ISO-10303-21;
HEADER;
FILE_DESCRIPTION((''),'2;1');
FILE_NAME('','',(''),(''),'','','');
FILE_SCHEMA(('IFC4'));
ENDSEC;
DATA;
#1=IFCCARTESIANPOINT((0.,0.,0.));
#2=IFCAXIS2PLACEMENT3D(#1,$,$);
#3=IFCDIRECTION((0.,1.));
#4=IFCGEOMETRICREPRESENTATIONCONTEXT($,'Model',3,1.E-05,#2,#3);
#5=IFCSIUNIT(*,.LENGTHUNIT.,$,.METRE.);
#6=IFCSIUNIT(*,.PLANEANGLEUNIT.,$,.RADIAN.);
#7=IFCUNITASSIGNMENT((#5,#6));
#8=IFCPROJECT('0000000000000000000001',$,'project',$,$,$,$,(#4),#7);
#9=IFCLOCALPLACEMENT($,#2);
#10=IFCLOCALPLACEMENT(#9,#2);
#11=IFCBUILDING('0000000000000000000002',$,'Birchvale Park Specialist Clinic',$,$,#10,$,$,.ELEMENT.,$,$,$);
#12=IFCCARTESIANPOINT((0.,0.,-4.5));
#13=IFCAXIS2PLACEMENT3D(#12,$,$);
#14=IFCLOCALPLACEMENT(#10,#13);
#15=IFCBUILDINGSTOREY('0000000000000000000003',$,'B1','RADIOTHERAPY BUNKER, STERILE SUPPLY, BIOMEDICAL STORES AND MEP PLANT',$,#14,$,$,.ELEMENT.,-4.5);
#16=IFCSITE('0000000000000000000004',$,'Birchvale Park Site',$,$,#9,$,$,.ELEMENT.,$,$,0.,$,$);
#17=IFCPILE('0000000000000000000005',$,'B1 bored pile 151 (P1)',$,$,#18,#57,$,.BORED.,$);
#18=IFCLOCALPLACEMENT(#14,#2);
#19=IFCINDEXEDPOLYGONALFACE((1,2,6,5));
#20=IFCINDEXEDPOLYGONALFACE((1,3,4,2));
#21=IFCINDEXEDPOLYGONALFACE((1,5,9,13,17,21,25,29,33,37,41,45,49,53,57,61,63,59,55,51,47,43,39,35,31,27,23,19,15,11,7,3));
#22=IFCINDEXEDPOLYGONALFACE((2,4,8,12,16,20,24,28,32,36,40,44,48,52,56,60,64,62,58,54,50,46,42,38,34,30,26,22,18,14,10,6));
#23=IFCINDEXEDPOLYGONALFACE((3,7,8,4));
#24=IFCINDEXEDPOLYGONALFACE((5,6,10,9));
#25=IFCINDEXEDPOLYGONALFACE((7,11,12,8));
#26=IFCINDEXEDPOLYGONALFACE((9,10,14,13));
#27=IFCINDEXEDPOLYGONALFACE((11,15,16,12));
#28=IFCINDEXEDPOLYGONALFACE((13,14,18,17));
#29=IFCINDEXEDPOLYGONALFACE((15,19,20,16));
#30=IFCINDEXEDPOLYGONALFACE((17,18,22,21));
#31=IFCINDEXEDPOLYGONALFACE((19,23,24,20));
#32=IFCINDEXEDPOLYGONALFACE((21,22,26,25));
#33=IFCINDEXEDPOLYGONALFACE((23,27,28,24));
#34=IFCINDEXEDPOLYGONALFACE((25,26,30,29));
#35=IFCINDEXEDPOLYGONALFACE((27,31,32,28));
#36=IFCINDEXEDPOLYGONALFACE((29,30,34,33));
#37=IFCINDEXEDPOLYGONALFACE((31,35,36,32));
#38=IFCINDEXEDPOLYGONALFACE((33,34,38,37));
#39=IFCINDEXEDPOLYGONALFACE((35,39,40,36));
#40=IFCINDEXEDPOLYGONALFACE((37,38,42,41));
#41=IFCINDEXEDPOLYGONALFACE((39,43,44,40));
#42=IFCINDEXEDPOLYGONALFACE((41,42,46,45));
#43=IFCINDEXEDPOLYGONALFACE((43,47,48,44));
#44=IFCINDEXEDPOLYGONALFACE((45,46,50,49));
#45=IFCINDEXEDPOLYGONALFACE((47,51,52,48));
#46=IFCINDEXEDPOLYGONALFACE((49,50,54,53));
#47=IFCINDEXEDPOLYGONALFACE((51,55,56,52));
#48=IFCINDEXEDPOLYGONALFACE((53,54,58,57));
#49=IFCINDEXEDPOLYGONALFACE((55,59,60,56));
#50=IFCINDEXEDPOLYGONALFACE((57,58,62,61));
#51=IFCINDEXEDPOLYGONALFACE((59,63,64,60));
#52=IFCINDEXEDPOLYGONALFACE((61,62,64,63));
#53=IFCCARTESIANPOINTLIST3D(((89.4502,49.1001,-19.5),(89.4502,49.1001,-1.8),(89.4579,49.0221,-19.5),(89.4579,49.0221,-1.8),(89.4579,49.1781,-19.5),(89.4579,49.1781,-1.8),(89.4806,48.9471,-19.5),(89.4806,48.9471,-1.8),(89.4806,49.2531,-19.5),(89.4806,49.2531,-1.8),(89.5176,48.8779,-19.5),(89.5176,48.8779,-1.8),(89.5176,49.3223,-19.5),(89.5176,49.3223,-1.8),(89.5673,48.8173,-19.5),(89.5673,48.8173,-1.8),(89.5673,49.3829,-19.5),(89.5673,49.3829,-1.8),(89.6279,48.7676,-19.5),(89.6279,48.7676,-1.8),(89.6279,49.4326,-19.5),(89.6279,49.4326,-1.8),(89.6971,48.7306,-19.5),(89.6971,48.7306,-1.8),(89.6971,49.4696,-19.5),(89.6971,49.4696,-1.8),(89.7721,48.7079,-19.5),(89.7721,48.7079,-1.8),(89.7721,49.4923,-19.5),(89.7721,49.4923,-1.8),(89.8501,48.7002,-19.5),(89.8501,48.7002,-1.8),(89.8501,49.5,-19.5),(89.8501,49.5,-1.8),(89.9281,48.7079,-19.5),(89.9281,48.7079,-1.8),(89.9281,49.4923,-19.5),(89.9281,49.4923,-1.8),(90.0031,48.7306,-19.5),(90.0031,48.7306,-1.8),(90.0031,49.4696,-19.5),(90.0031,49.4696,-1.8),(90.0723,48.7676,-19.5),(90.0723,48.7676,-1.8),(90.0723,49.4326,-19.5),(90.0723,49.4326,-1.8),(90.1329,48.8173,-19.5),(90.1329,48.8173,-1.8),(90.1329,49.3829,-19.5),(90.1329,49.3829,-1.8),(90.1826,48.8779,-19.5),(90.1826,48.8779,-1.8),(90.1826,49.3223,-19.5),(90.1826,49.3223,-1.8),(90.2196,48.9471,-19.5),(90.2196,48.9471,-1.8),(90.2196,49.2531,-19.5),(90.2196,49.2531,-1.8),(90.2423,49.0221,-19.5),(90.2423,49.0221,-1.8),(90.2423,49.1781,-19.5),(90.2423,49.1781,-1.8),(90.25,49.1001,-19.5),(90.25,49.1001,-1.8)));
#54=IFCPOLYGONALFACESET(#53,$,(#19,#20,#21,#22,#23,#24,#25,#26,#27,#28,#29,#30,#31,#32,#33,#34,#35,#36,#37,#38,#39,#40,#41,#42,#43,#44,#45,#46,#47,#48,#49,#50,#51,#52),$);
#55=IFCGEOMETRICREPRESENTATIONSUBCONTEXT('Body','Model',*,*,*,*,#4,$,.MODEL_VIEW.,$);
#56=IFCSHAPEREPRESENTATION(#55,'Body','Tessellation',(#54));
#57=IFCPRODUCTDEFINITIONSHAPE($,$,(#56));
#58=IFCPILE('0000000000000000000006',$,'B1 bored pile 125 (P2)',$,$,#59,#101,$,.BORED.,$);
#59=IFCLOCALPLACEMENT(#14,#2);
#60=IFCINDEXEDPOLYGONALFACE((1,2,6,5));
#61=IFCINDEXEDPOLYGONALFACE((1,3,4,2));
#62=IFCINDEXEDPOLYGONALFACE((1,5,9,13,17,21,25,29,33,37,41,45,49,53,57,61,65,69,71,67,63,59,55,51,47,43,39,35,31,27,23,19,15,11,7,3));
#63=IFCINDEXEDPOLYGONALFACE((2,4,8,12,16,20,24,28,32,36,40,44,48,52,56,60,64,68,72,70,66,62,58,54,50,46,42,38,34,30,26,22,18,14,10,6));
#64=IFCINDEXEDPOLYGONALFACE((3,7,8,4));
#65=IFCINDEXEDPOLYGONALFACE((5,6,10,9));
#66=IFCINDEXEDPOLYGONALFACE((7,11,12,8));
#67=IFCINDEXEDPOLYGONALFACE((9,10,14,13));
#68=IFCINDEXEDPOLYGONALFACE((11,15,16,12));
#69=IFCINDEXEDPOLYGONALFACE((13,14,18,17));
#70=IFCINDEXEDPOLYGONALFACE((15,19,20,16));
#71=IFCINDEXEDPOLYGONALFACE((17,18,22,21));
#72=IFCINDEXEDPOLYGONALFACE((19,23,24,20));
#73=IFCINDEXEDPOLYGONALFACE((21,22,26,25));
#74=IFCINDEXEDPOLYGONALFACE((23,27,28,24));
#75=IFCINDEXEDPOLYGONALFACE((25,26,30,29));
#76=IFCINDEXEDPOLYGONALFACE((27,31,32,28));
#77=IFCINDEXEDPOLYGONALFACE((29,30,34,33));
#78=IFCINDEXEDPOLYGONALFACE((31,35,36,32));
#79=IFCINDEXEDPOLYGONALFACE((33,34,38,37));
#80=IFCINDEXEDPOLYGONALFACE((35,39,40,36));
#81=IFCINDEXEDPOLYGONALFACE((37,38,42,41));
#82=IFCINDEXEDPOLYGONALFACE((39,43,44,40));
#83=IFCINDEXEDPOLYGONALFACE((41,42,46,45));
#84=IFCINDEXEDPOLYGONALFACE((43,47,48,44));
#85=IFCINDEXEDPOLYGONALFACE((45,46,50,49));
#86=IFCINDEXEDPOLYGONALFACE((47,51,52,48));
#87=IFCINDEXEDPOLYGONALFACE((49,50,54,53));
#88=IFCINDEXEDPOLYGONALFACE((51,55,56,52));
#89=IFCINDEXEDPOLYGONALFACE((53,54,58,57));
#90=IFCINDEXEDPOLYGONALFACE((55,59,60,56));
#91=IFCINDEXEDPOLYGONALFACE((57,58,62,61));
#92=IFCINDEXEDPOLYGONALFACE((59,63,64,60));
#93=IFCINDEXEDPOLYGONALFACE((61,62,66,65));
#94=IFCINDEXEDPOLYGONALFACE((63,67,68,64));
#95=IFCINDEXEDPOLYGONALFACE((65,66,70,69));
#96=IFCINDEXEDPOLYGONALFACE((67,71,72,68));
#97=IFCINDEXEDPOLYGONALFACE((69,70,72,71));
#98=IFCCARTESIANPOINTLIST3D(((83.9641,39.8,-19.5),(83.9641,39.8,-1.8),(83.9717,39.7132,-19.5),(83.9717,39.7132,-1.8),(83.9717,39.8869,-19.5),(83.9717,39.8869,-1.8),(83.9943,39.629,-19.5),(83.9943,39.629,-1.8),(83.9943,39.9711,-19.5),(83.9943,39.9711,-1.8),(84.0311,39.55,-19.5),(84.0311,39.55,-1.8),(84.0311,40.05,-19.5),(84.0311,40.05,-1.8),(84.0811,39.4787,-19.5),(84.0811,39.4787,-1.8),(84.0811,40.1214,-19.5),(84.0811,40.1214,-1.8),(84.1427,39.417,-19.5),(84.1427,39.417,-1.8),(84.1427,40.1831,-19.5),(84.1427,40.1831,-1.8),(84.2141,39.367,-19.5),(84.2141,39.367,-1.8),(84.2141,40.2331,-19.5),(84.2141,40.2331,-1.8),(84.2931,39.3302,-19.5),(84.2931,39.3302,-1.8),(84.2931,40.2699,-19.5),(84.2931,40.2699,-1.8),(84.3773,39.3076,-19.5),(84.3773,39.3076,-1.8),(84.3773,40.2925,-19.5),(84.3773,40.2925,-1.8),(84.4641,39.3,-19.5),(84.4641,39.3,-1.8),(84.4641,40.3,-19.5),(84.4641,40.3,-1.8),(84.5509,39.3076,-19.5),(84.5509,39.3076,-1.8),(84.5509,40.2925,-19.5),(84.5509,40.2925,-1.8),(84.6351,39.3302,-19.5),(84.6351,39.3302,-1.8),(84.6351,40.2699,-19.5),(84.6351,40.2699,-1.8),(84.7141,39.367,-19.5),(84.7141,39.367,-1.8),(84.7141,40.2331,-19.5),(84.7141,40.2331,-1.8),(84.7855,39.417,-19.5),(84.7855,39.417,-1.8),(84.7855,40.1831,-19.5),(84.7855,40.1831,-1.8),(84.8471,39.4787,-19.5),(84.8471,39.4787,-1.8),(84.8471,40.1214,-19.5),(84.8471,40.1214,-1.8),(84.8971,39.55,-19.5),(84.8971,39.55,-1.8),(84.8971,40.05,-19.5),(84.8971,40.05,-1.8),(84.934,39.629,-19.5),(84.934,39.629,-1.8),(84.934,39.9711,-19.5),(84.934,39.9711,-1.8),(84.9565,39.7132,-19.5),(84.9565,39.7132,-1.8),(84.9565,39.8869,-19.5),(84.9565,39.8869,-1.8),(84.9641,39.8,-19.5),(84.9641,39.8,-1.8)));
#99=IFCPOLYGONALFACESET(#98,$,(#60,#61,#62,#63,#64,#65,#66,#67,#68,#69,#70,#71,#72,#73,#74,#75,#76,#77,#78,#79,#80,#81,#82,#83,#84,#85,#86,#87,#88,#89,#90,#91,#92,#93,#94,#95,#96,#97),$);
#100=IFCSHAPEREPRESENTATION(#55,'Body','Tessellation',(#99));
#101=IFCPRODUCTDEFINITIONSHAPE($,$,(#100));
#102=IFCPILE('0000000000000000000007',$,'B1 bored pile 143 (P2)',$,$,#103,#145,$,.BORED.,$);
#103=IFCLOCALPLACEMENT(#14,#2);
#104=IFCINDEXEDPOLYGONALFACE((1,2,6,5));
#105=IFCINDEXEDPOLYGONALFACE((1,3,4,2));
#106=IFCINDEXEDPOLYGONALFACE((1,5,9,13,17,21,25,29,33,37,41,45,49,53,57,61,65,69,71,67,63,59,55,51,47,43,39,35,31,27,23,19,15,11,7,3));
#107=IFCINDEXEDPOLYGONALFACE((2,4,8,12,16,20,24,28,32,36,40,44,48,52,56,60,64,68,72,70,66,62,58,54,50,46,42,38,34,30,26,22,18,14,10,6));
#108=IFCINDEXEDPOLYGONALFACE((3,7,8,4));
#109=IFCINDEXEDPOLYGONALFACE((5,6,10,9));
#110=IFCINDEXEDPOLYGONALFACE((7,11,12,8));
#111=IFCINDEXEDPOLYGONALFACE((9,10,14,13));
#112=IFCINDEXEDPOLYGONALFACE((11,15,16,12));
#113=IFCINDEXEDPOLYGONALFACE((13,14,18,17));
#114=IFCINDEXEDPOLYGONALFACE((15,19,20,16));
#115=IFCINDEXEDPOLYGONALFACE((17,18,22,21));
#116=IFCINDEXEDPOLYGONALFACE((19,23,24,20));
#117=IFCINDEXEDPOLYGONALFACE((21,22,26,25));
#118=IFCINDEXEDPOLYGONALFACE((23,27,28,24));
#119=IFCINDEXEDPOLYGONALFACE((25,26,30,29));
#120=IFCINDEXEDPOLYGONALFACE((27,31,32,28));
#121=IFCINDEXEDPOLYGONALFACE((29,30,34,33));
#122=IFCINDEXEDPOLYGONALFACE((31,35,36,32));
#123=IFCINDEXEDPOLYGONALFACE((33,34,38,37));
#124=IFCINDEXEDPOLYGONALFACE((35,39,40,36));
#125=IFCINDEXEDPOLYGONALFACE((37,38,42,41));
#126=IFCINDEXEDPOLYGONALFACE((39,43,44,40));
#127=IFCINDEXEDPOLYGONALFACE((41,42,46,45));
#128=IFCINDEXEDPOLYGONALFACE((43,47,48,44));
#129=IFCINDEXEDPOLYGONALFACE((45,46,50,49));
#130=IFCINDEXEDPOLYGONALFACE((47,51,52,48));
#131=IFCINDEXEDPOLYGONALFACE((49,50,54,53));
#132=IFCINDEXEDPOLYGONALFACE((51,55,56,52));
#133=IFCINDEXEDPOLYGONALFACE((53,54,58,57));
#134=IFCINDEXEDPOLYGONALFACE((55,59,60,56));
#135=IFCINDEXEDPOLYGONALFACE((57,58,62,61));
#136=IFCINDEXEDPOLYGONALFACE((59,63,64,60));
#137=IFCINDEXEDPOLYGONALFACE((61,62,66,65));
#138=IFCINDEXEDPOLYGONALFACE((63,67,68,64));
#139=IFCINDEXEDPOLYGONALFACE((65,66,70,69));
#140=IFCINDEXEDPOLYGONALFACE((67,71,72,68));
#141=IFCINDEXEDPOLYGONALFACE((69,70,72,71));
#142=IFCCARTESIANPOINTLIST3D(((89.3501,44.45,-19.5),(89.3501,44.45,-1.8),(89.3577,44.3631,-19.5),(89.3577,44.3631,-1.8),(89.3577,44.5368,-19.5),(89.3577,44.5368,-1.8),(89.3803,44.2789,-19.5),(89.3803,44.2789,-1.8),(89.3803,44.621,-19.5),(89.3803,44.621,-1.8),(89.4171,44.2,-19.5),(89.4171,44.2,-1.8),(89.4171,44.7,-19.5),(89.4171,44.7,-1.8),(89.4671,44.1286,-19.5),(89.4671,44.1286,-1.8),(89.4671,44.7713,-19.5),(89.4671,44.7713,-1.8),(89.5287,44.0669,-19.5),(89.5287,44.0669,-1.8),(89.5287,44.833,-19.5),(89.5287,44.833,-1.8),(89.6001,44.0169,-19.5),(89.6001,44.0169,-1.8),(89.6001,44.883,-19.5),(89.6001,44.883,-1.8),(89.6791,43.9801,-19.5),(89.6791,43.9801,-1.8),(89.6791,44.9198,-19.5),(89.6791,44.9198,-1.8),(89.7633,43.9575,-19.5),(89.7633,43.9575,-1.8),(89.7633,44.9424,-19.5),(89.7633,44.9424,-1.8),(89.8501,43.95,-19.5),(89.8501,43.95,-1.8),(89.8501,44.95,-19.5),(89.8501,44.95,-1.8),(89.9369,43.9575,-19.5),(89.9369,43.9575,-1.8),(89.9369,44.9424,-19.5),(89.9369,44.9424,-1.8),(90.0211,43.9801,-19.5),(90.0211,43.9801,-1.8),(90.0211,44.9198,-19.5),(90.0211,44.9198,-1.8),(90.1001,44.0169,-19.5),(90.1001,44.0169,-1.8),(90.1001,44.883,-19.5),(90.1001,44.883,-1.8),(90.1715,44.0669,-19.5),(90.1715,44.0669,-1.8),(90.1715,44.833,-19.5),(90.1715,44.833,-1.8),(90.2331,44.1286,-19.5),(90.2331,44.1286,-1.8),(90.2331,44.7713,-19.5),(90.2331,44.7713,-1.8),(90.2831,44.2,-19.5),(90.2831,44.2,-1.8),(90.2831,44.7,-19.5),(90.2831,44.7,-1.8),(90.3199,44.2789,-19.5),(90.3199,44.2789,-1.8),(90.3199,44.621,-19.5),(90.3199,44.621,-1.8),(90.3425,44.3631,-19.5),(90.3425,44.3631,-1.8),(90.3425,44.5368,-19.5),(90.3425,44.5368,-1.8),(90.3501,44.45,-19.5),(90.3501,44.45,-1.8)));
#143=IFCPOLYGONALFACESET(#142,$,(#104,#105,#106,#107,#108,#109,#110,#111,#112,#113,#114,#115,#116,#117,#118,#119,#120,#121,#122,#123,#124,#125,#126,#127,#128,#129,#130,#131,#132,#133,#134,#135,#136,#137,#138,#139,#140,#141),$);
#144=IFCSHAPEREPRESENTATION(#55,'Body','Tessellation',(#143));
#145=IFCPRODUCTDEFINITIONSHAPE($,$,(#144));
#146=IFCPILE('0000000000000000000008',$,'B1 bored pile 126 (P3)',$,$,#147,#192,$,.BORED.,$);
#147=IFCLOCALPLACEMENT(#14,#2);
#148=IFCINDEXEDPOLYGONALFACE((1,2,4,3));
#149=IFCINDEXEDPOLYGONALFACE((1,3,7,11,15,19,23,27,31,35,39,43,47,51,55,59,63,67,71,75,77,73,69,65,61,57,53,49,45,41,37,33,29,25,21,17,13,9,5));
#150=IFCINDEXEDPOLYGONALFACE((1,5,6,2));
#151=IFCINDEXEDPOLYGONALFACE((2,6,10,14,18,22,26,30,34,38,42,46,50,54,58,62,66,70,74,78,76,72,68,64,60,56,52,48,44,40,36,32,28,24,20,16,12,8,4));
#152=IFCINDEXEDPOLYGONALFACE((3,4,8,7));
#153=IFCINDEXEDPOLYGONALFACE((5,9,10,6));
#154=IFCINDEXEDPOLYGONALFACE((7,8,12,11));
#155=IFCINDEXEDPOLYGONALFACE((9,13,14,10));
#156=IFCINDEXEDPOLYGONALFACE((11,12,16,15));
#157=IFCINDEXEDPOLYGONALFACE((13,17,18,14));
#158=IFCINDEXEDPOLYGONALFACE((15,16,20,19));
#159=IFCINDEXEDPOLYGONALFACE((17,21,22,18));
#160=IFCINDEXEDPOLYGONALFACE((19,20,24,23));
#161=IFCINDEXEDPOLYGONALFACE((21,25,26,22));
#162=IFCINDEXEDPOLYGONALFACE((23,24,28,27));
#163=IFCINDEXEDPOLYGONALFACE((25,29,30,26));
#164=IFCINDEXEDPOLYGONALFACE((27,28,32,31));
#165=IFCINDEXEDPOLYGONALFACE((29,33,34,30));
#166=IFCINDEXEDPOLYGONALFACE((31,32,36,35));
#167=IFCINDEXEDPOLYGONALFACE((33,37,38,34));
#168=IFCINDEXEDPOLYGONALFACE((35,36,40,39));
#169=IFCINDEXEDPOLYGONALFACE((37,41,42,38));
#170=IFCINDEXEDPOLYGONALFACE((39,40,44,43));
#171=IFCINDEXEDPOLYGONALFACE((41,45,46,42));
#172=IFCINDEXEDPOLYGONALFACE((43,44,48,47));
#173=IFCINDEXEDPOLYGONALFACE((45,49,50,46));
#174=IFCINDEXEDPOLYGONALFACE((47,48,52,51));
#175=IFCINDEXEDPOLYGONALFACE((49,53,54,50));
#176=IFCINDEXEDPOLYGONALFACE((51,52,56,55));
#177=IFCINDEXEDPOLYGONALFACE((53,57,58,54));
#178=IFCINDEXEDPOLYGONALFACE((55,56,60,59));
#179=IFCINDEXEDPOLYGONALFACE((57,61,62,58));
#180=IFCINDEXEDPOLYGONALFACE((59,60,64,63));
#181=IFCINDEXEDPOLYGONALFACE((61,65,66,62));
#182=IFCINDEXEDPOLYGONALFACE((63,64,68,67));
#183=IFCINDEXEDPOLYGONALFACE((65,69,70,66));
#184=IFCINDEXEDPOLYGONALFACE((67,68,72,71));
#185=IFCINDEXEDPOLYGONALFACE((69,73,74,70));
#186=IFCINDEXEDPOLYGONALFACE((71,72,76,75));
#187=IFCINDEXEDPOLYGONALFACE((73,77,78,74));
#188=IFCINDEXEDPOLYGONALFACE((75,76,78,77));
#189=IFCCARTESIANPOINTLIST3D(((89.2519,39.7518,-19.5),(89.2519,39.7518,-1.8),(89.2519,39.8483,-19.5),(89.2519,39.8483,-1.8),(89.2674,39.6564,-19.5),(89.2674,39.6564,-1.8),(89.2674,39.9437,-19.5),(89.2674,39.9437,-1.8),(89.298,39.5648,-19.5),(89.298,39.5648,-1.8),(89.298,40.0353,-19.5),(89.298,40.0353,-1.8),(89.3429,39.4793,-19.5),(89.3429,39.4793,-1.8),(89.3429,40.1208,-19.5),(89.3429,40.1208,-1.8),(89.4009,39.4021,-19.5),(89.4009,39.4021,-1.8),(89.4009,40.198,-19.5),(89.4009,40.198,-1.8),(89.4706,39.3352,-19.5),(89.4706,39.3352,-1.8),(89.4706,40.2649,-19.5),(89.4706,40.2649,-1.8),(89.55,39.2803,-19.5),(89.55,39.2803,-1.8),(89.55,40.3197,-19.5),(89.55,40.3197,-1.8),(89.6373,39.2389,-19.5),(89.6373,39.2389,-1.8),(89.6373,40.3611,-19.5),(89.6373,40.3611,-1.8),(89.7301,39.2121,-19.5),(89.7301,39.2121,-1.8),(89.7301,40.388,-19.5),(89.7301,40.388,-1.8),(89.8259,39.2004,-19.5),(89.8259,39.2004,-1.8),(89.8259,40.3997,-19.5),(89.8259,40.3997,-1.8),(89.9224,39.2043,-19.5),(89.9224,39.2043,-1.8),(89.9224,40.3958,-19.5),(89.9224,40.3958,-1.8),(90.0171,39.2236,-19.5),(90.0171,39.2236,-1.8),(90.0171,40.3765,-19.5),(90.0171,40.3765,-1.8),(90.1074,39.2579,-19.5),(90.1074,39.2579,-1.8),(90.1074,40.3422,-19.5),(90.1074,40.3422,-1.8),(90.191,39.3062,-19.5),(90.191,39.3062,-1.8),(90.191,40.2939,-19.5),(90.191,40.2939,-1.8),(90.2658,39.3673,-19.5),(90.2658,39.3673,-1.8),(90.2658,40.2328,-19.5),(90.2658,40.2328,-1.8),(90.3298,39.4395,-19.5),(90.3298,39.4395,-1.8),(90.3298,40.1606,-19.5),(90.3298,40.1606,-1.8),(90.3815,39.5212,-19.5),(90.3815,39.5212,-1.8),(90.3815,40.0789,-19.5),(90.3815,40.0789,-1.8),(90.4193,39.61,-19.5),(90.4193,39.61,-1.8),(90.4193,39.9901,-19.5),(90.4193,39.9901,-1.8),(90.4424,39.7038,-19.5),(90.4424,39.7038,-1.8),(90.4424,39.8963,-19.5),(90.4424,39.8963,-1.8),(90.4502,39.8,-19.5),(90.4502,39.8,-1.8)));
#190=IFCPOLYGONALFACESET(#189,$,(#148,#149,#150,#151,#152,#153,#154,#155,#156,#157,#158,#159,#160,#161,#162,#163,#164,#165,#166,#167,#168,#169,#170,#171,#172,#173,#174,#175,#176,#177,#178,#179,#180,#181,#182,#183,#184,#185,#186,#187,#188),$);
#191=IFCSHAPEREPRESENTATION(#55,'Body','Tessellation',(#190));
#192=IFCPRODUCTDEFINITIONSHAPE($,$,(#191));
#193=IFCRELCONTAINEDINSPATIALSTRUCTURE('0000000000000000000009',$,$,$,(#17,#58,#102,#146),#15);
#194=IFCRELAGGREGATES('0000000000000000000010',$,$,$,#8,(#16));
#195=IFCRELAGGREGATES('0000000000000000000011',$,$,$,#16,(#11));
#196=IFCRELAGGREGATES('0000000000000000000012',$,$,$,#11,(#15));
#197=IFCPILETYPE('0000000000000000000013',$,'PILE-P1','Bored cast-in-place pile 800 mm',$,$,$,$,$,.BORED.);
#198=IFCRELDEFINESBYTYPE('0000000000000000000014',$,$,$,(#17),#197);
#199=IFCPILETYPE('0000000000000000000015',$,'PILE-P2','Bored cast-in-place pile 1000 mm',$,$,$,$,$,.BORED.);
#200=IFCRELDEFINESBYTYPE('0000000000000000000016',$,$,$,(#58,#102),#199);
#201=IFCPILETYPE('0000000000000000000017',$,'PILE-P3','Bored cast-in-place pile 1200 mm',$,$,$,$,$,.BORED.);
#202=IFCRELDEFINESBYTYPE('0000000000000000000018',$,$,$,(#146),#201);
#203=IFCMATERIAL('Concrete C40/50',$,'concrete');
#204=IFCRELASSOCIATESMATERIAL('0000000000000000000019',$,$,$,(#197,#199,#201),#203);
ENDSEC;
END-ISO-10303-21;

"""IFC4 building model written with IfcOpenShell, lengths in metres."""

from ifc_helpers import new_model, si_unit, direction, frame, origin, origin_2d, place, context, subcontext, project, spatial, circle, extrude, material, material_profile, profile_set, type_object, element, save


model = new_model("IFC4")

# Units and contexts
model_context = context("Model", 3, precision=1e-05, world=origin(), true_north=direction((0.0, 1.0)))
body_context = subcontext(model_context, "Body", "Model", "MODEL_VIEW")
ifc_project = project(units=[si_unit("LENGTHUNIT", "METRE"), si_unit("PLANEANGLEUNIT", "RADIAN")], contexts=[model_context])

# Site, building, storey
site_placement = place(None, origin())
site = spatial("IfcSite", under=ifc_project, at=site_placement, Name="Birchvale Park Site", CompositionType="ELEMENT", RefElevation=0.0)
building_placement = place(site_placement, origin())
building = spatial("IfcBuilding", under=site, at=building_placement, Name="Birchvale Park Specialist Clinic", CompositionType="ELEMENT")
storey_placement = place(building_placement, frame((0.0, 0.0, -4.5)))
storey = spatial("IfcBuildingStorey", under=building, at=storey_placement, Name="B1", Description="RADIOTHERAPY BUNKER, STERILE SUPPLY, BIOMEDICAL STORES AND MEP PLANT", CompositionType="ELEMENT", Elevation=-4.5)

# Shared definitions
ifc_material = material(Name="Concrete C40/50", Category="concrete")

# Piles
ifc_material_profile_1 = material_profile(ifc_material, circle(Radius=0.3999, at=origin_2d()), Name="PILE-800")
ifc_profile_set_1 = profile_set([ifc_material_profile_1], Name="Concrete C40/50")
pile_type_1 = type_object("IfcPileType", Name="PILE-P1", Description="Bored cast-in-place pile 800 mm", PredefinedType="BORED", material=ifc_profile_set_1)
for number, where, z_axis, x_axis, name in (
    (1, (89.8501, 49.1001, -1.8), (0.0, 0.0, -1.0), (1.0, 0.0, 0.0), "B1 bored pile 151 (P1)"),
):
    element("IfcPile", number, at=place(storey_placement, frame(where, z_axis=z_axis, x_axis=x_axis)), inside=storey, type_object=pile_type_1, Name=name, PredefinedType="BORED", context=body_context, shape_type="SweptSolid", body=[
        extrude(circle(Radius=0.3999, at=origin_2d()), origin(), (0.0, 0.0, 1.0), 17.7),
    ])
ifc_material_profile_2 = material_profile(ifc_material, circle(Radius=0.5, at=origin_2d()), Name="PILE-1000")
ifc_profile_set_2 = profile_set([ifc_material_profile_2], Name="Concrete C40/50")
pile_type_2 = type_object("IfcPileType", Name="PILE-P2", Description="Bored cast-in-place pile 1000 mm", PredefinedType="BORED", material=ifc_profile_set_2)
for number, where, z_axis, x_axis, name in (
    (2, (84.4641, 39.8, -1.8), (0.0, 0.0, -1.0), (1.0, 0.0, 0.0), "B1 bored pile 125 (P2)"),
    (3, (89.8501, 44.45, -1.8), (0.0, 0.0, -1.0), (1.0, 0.0, 0.0), "B1 bored pile 143 (P2)"),
):
    element("IfcPile", number, at=place(storey_placement, frame(where, z_axis=z_axis, x_axis=x_axis)), inside=storey, type_object=pile_type_2, Name=name, PredefinedType="BORED", context=body_context, shape_type="SweptSolid", body=[
        extrude(circle(Radius=0.5, at=origin_2d()), origin(), (0.0, 0.0, 1.0), 17.7),
    ])
ifc_material_profile_3 = material_profile(ifc_material, circle(Radius=0.6001, at=origin_2d()), Name="PILE-1200")
ifc_profile_set_3 = profile_set([ifc_material_profile_3], Name="Concrete C40/50")
pile_type_3 = type_object("IfcPileType", Name="PILE-P3", Description="Bored cast-in-place pile 1200 mm", PredefinedType="BORED", material=ifc_profile_set_3)
for number, where, z_axis, x_axis, name in (
    (4, (89.8501, 39.8, -1.8), (0.0, 0.0, -1.0), (1.0, 0.0, 0.0), "B1 bored pile 126 (P3)"),
):
    element("IfcPile", number, at=place(storey_placement, frame(where, z_axis=z_axis, x_axis=x_axis)), inside=storey, type_object=pile_type_3, Name=name, PredefinedType="BORED", context=body_context, shape_type="SweptSolid", body=[
        extrude(circle(Radius=0.6001, at=origin_2d()), origin(), (0.0, 0.0, 1.0), 17.7),
    ])

save(model, "model.ifc")
